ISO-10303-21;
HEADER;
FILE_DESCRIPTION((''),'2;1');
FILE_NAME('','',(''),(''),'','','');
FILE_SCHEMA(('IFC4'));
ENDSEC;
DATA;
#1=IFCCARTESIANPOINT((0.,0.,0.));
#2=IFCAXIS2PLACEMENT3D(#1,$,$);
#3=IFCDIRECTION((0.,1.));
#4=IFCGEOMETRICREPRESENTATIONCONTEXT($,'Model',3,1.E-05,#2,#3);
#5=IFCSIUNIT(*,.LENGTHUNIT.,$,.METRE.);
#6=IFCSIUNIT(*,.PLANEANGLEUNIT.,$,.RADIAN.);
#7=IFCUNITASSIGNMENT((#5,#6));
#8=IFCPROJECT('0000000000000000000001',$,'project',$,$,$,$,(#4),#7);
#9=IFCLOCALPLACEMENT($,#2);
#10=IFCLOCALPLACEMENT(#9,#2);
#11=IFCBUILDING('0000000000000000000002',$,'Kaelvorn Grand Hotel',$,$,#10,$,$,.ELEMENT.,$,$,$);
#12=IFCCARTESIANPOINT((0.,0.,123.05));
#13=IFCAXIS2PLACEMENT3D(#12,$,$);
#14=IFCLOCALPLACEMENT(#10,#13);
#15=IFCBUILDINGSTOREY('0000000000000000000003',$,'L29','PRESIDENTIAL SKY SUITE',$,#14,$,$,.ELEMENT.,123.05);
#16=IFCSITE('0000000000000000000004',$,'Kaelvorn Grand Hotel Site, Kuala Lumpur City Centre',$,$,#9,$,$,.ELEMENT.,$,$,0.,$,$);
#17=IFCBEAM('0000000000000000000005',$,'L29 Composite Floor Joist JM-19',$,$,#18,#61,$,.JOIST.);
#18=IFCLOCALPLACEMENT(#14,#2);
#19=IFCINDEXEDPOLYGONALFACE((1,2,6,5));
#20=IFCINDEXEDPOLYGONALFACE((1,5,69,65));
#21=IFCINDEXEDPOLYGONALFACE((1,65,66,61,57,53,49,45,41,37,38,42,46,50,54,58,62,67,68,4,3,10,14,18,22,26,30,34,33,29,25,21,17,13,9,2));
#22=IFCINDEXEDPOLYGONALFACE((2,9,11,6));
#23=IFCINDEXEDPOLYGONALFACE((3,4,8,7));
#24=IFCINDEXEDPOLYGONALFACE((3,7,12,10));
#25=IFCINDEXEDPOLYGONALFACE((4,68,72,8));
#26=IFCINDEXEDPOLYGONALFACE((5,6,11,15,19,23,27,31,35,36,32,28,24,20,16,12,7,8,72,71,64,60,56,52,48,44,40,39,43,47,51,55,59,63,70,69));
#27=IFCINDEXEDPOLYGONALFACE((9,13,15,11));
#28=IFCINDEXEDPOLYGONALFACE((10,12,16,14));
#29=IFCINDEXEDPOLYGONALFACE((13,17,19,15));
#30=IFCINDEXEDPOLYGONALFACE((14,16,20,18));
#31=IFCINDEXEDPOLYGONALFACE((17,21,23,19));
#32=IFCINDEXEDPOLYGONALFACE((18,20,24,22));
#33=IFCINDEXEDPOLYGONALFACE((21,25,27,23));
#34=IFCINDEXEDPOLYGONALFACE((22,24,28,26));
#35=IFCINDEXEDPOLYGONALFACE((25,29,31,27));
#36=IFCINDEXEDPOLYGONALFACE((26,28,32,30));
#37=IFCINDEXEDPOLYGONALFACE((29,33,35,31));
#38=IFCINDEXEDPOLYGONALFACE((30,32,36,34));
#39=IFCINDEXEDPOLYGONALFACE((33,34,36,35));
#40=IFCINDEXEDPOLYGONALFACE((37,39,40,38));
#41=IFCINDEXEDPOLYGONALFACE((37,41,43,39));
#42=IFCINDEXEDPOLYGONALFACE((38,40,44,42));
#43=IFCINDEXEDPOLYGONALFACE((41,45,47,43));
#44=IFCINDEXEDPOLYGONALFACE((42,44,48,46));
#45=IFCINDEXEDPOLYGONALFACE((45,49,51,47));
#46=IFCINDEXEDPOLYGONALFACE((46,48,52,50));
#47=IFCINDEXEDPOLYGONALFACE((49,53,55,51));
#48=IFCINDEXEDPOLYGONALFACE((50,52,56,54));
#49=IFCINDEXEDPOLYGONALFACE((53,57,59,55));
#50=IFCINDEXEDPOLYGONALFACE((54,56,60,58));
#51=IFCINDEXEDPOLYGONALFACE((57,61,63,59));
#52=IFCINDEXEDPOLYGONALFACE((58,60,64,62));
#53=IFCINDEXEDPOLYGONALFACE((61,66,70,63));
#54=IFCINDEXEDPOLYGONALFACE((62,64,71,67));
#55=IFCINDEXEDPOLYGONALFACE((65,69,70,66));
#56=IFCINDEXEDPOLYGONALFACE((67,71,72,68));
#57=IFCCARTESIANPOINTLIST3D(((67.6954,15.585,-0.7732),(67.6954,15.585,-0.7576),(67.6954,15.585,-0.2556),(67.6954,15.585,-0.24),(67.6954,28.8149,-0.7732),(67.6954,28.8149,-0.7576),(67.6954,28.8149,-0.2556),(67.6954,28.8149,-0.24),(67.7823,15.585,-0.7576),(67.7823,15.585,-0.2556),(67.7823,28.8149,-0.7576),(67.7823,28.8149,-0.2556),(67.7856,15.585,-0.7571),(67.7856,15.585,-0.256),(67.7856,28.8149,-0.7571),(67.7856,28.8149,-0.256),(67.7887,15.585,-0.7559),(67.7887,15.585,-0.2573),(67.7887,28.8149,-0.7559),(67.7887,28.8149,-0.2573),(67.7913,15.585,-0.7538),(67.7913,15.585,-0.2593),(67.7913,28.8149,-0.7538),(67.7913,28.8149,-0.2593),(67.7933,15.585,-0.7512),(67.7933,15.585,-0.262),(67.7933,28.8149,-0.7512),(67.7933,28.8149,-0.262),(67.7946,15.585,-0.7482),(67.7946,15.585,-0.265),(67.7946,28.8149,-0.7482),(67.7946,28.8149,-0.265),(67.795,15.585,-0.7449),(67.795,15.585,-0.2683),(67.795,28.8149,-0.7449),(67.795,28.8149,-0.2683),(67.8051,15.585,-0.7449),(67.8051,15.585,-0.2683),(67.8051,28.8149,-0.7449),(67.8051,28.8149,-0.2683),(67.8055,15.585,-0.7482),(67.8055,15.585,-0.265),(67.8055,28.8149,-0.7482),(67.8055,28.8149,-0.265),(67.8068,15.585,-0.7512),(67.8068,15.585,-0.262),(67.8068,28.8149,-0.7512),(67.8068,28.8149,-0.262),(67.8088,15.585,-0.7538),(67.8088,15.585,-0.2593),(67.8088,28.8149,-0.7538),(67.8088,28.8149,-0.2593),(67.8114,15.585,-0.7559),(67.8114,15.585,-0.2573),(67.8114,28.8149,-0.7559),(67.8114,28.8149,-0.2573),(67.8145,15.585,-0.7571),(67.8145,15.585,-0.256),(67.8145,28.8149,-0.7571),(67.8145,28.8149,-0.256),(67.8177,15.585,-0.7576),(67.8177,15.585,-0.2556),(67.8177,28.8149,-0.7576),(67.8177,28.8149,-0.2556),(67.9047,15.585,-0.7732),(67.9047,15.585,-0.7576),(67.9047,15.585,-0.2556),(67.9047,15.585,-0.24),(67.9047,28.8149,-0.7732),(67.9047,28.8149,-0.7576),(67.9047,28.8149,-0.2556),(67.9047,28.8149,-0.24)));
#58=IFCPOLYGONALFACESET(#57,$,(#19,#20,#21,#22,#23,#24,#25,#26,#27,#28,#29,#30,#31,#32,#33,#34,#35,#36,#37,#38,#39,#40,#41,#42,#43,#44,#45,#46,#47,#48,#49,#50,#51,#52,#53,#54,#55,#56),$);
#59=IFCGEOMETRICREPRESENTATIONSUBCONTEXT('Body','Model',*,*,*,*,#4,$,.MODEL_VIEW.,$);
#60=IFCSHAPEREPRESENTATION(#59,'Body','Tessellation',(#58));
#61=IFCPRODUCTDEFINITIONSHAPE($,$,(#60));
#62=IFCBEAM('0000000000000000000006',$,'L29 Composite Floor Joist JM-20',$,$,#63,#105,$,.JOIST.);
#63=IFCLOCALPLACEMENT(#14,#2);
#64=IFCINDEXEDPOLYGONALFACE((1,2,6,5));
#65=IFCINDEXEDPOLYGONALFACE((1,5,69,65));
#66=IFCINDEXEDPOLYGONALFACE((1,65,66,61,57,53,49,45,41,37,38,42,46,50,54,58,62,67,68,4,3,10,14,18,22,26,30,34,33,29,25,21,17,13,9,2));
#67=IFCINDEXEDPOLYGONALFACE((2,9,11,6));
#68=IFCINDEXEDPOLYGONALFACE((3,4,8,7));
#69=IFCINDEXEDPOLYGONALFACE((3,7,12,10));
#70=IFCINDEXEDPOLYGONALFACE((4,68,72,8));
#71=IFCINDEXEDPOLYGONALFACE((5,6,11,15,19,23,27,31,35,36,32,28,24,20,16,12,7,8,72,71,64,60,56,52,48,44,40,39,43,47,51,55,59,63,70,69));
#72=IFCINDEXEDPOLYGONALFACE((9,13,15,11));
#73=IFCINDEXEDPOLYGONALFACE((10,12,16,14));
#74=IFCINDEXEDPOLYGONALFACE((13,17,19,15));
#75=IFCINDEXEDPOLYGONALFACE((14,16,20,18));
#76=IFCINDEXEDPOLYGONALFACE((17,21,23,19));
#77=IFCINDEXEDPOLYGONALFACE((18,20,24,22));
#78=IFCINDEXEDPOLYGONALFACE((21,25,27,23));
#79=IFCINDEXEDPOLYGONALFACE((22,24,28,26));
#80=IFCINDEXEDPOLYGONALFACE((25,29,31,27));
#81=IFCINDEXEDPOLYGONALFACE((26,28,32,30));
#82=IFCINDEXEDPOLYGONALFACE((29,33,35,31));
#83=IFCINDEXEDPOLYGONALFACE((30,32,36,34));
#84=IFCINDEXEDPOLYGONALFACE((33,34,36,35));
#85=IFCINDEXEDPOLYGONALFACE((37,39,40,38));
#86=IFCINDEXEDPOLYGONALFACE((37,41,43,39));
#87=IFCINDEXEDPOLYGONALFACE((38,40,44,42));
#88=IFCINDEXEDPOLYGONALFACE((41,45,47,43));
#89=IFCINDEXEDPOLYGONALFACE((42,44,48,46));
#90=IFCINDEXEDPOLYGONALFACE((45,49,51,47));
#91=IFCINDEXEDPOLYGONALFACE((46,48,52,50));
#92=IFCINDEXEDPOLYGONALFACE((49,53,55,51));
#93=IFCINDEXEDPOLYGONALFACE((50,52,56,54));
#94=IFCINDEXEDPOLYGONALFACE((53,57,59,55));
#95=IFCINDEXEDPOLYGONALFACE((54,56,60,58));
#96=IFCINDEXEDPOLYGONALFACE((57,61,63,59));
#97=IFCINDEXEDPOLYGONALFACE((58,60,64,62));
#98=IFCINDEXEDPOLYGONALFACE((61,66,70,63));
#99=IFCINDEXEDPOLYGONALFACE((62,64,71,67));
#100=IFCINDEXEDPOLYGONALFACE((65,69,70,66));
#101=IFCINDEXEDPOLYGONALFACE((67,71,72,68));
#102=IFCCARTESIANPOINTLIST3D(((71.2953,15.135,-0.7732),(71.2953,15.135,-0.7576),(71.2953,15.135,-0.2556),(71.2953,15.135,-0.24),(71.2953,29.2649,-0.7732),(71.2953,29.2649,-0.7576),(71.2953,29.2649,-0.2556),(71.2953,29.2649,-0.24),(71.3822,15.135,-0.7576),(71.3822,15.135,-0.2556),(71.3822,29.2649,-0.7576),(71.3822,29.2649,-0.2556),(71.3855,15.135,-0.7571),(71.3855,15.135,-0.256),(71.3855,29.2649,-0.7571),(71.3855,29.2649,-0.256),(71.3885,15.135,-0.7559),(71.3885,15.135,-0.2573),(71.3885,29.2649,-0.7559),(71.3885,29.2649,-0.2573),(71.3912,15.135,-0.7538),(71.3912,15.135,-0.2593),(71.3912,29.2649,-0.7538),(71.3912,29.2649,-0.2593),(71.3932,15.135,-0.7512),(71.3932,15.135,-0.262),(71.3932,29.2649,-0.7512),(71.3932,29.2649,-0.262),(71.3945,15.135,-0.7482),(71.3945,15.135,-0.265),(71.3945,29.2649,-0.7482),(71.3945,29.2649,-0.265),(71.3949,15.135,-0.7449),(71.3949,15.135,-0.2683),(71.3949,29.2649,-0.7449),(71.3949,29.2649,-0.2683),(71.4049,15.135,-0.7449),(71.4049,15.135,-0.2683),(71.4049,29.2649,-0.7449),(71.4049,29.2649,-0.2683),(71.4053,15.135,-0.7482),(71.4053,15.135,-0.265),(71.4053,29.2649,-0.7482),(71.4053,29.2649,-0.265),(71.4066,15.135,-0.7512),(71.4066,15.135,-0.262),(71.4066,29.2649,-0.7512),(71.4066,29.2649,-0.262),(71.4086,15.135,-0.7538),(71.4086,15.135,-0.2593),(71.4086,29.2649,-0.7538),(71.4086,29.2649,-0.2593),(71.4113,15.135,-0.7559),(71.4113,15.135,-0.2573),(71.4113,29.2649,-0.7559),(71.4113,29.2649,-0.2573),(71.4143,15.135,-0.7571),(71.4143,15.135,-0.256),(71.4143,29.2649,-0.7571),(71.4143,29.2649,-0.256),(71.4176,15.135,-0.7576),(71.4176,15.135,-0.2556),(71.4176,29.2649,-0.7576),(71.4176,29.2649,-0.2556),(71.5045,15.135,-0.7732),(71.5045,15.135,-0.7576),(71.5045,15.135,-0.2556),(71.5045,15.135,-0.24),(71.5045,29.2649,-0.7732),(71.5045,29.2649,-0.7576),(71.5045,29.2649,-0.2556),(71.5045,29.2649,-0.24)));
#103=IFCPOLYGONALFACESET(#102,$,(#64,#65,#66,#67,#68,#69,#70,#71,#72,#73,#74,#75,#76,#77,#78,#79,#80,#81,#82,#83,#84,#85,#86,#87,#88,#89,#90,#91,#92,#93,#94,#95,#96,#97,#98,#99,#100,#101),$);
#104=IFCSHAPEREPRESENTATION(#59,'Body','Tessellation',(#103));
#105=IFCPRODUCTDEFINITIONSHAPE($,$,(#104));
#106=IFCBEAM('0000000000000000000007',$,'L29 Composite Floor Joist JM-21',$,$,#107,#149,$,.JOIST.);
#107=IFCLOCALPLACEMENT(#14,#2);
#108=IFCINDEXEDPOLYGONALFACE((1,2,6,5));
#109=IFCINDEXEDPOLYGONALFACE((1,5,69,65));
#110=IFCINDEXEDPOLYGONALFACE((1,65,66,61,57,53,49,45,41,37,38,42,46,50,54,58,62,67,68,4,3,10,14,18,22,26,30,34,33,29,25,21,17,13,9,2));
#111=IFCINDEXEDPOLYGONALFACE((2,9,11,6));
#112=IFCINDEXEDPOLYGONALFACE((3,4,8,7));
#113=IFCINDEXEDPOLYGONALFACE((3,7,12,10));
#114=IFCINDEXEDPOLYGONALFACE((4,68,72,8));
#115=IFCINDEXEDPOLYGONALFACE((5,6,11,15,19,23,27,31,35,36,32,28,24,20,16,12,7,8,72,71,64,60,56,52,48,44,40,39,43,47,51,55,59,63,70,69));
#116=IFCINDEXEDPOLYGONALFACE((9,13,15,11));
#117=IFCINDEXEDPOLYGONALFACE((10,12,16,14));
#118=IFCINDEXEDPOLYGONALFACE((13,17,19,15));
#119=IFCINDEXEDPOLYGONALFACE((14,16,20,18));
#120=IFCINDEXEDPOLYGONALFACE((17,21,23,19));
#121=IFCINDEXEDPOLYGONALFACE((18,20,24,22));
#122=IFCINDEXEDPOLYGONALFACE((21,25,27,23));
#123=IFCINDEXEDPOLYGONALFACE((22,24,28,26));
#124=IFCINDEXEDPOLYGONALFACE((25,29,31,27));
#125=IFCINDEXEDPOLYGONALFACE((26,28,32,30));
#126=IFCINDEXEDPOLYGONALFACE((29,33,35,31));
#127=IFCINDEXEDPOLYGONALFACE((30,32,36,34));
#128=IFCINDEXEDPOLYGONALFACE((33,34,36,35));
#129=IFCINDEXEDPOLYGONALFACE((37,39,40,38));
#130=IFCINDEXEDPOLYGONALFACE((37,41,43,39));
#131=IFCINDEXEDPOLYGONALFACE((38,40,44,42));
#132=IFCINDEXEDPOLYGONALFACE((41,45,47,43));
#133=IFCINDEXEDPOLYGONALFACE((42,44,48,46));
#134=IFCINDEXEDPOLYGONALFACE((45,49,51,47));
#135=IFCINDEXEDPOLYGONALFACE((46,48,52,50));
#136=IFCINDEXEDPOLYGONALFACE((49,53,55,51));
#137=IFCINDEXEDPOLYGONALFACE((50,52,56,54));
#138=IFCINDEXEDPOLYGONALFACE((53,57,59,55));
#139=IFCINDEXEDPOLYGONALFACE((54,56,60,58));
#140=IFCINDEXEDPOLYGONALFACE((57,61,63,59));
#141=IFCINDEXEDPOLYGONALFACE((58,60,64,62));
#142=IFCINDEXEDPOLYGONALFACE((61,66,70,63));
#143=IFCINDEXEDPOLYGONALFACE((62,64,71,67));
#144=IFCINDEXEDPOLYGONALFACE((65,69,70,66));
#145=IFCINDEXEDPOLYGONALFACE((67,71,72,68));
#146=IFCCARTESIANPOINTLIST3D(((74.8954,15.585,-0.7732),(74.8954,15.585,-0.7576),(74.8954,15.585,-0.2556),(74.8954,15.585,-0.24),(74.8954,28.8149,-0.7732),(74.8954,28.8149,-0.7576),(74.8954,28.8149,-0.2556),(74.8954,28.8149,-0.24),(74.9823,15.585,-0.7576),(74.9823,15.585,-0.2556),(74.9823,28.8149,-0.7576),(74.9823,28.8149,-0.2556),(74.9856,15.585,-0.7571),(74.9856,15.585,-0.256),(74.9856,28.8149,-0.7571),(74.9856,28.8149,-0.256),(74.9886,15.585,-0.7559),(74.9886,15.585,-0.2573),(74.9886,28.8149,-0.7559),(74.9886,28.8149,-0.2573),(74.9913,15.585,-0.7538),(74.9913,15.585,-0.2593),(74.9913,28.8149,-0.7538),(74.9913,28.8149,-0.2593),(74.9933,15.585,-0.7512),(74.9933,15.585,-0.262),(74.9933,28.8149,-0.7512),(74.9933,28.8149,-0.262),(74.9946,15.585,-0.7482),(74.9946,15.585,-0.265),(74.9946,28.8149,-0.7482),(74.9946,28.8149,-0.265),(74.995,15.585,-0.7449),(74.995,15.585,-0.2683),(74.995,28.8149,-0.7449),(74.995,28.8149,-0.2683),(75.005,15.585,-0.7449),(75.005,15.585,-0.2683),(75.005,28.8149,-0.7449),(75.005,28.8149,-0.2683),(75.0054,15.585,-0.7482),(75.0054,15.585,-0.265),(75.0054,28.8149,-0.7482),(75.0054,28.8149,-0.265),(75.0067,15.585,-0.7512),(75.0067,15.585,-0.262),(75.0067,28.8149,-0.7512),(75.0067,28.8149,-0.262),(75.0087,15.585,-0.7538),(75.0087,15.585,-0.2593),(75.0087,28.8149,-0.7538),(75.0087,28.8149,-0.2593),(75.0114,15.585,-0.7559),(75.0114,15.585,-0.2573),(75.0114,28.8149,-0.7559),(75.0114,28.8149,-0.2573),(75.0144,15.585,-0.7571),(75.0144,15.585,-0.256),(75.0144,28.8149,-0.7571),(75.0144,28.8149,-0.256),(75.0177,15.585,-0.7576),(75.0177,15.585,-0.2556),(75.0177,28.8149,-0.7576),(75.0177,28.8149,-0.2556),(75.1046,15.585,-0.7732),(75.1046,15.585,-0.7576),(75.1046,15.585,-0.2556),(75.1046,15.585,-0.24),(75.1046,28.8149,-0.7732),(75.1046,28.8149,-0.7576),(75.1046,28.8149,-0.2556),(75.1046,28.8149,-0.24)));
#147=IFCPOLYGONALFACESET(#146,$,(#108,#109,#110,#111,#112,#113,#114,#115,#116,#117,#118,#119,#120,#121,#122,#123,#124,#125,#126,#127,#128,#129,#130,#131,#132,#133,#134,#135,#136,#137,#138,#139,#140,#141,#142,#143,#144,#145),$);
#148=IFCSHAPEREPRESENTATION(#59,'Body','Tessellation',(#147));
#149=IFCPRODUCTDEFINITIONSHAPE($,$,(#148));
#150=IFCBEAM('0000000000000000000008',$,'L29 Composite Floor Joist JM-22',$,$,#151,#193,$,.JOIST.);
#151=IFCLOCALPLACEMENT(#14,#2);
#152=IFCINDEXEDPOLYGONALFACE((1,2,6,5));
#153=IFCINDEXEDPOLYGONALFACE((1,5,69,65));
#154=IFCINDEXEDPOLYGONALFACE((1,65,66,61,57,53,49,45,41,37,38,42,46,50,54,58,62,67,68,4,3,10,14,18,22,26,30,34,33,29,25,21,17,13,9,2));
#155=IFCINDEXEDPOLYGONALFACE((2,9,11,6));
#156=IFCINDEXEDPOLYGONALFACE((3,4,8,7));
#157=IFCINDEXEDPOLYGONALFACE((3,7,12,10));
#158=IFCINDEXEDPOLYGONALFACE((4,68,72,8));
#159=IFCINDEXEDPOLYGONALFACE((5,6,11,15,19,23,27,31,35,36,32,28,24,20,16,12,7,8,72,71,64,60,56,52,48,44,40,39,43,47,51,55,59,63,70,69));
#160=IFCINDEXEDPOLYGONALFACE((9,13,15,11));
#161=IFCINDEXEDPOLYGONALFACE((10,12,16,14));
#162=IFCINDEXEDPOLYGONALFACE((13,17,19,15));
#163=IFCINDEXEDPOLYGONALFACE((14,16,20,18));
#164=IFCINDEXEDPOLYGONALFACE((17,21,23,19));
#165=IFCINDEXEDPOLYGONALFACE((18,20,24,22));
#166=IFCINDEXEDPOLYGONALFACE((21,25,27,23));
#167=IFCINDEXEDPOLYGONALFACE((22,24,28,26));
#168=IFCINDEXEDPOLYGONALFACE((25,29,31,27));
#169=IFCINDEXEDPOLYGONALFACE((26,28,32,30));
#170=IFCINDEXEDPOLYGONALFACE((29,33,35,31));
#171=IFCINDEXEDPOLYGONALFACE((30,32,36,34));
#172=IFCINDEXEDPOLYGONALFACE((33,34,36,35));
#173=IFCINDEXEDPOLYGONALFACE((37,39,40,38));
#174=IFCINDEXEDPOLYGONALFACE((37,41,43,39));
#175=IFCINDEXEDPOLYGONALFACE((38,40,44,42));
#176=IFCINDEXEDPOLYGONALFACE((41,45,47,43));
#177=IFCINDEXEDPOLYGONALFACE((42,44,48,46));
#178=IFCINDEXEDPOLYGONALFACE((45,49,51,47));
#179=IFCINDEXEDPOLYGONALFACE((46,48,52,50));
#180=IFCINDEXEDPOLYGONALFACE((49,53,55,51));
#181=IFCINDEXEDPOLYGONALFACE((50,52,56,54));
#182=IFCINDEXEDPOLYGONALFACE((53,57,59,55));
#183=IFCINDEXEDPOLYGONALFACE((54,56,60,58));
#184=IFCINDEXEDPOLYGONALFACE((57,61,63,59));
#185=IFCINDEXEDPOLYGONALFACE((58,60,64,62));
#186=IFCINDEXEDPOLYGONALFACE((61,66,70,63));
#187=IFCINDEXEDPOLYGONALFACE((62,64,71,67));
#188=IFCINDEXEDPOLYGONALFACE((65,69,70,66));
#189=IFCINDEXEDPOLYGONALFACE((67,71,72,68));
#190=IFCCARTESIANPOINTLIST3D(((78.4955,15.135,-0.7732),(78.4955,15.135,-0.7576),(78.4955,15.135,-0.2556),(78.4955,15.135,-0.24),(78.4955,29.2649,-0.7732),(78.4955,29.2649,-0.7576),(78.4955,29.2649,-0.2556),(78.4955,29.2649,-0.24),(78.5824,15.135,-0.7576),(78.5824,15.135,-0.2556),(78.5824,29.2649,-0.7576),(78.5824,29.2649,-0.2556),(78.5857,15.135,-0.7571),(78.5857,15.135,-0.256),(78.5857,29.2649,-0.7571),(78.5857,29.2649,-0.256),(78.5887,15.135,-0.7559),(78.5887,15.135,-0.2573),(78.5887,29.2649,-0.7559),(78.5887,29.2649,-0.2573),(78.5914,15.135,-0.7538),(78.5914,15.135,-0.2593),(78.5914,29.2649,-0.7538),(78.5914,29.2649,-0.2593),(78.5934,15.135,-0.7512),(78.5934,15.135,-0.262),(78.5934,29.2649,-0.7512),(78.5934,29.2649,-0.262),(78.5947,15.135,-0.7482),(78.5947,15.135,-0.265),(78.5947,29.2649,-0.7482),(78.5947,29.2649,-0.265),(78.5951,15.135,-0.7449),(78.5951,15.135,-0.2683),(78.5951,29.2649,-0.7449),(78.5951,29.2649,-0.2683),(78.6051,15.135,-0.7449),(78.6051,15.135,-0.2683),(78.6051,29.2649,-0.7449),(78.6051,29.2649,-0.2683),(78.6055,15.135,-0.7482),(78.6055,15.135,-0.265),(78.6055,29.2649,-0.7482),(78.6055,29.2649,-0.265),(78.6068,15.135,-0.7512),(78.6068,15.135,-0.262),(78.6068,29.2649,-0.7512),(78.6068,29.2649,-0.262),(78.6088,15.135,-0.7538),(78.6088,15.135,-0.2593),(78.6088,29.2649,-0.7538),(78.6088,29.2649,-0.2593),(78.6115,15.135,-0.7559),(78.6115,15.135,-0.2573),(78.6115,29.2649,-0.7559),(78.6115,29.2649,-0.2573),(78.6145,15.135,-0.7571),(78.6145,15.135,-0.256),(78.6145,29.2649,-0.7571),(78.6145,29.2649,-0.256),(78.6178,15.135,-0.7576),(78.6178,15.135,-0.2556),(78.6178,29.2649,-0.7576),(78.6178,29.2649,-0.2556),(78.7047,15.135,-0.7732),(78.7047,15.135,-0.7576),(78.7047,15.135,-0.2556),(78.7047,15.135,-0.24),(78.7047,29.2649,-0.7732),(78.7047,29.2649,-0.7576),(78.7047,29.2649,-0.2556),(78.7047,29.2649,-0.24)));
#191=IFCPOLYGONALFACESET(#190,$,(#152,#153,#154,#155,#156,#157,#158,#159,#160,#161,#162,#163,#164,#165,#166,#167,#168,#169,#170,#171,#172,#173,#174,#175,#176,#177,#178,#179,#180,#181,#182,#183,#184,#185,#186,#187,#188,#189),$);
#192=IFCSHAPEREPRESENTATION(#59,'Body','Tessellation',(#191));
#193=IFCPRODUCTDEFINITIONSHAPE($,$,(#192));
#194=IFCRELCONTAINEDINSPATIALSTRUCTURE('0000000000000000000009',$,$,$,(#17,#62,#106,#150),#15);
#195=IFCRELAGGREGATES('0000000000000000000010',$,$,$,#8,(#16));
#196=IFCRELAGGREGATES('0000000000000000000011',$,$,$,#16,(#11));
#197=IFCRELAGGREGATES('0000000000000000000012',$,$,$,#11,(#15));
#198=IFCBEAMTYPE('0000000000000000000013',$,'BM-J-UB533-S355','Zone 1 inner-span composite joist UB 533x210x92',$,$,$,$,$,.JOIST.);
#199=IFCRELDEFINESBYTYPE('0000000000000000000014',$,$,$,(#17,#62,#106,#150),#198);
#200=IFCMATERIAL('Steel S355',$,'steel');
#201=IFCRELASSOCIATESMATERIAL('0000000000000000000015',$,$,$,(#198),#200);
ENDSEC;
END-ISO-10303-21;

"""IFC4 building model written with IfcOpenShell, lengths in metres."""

from ifc_helpers import new_model, si_unit, direction, frame, origin, origin_2d, place, context, subcontext, project, spatial, i_section, extrude, material, material_profile, profile_set, type_object, element, save


model = new_model("IFC4")

# Units and contexts
model_context = context("Model", 3, precision=1e-05, world=origin(), true_north=direction((0.0, 1.0)))
body_context = subcontext(model_context, "Body", "Model", "MODEL_VIEW")
ifc_project = project(units=[si_unit("LENGTHUNIT", "METRE"), si_unit("PLANEANGLEUNIT", "RADIAN")], contexts=[model_context])

# Site, building, storey
site_placement = place(None, origin())
site = spatial("IfcSite", under=ifc_project, at=site_placement, Name="Kaelvorn Grand Hotel Site, Kuala Lumpur City Centre", CompositionType="ELEMENT", RefElevation=0.0)
building_placement = place(site_placement, origin())
building = spatial("IfcBuilding", under=site, at=building_placement, Name="Kaelvorn Grand Hotel", CompositionType="ELEMENT")
storey_placement = place(building_placement, frame((0.0, 0.0, 123.05)))
storey = spatial("IfcBuildingStorey", under=building, at=storey_placement, Name="L29", Description="PRESIDENTIAL SKY SUITE", CompositionType="ELEMENT", Elevation=123.05)

# Beams
ifc_material_1 = material(Name="Steel S355", Category="steel")
ifc_material_profile_1 = material_profile(ifc_material_1, i_section(OverallWidth=0.2092, OverallDepth=0.5332, WebThickness=0.01, FlangeThickness=0.0156, FilletRadius=0.0127, at=origin_2d()), Name="UB 533x210x92")
ifc_profile_set_1 = profile_set([ifc_material_profile_1], Name="Steel S355")
beam_type_1 = type_object("IfcBeamType", Name="BM-J-UB533-S355", Description="Zone 1 inner-span composite joist UB 533x210x92", PredefinedType="JOIST", material=ifc_profile_set_1)
beam_1_placement = place(storey_placement, frame((67.8, 15.585, -0.5066), z_axis=(0.0, 1.0, 0.0), x_axis=(-1.0, 0.0, 0.0)))
element("IfcBeam", 1, at=beam_1_placement, inside=storey, type_object=beam_type_1, Name="L29 Composite Floor Joist JM-19", PredefinedType="JOIST", context=body_context, shape_type="SweptSolid", body=[
    extrude(i_section(OverallWidth=0.2092, OverallDepth=0.5332, WebThickness=0.01, FlangeThickness=0.0156, FilletRadius=0.0127, at=origin_2d()), origin(), (0.0, 0.0, 1.0), 13.23),
])
beam_2_placement = place(storey_placement, frame((71.3999, 15.135, -0.5066), z_axis=(0.0, 1.0, 0.0), x_axis=(-1.0, 0.0, 0.0)))
element("IfcBeam", 2, at=beam_2_placement, inside=storey, type_object=beam_type_1, Name="L29 Composite Floor Joist JM-20", PredefinedType="JOIST", context=body_context, shape_type="SweptSolid", body=[
    extrude(i_section(OverallWidth=0.2092, OverallDepth=0.5332, WebThickness=0.01, FlangeThickness=0.0156, FilletRadius=0.0127, at=origin_2d()), origin(), (0.0, 0.0, 1.0), 14.1299),
])
beam_3_placement = place(storey_placement, frame((75.0, 15.585, -0.5066), z_axis=(0.0, 1.0, 0.0), x_axis=(-1.0, 0.0, 0.0)))
element("IfcBeam", 3, at=beam_3_placement, inside=storey, type_object=beam_type_1, Name="L29 Composite Floor Joist JM-21", PredefinedType="JOIST", context=body_context, shape_type="SweptSolid", body=[
    extrude(i_section(OverallWidth=0.2092, OverallDepth=0.5332, WebThickness=0.01, FlangeThickness=0.0156, FilletRadius=0.0127, at=origin_2d()), origin(), (0.0, 0.0, 1.0), 13.23),
])
beam_4_placement = place(storey_placement, frame((78.6001, 15.135, -0.5066), z_axis=(0.0, 1.0, 0.0), x_axis=(-1.0, 0.0, 0.0)))
element("IfcBeam", 4, at=beam_4_placement, inside=storey, type_object=beam_type_1, Name="L29 Composite Floor Joist JM-22", PredefinedType="JOIST", context=body_context, shape_type="SweptSolid", body=[
    extrude(i_section(OverallWidth=0.2092, OverallDepth=0.5332, WebThickness=0.01, FlangeThickness=0.0156, FilletRadius=0.0127, at=origin_2d()), origin(), (0.0, 0.0, 1.0), 14.1299),
])

save(model, "model.ifc")
